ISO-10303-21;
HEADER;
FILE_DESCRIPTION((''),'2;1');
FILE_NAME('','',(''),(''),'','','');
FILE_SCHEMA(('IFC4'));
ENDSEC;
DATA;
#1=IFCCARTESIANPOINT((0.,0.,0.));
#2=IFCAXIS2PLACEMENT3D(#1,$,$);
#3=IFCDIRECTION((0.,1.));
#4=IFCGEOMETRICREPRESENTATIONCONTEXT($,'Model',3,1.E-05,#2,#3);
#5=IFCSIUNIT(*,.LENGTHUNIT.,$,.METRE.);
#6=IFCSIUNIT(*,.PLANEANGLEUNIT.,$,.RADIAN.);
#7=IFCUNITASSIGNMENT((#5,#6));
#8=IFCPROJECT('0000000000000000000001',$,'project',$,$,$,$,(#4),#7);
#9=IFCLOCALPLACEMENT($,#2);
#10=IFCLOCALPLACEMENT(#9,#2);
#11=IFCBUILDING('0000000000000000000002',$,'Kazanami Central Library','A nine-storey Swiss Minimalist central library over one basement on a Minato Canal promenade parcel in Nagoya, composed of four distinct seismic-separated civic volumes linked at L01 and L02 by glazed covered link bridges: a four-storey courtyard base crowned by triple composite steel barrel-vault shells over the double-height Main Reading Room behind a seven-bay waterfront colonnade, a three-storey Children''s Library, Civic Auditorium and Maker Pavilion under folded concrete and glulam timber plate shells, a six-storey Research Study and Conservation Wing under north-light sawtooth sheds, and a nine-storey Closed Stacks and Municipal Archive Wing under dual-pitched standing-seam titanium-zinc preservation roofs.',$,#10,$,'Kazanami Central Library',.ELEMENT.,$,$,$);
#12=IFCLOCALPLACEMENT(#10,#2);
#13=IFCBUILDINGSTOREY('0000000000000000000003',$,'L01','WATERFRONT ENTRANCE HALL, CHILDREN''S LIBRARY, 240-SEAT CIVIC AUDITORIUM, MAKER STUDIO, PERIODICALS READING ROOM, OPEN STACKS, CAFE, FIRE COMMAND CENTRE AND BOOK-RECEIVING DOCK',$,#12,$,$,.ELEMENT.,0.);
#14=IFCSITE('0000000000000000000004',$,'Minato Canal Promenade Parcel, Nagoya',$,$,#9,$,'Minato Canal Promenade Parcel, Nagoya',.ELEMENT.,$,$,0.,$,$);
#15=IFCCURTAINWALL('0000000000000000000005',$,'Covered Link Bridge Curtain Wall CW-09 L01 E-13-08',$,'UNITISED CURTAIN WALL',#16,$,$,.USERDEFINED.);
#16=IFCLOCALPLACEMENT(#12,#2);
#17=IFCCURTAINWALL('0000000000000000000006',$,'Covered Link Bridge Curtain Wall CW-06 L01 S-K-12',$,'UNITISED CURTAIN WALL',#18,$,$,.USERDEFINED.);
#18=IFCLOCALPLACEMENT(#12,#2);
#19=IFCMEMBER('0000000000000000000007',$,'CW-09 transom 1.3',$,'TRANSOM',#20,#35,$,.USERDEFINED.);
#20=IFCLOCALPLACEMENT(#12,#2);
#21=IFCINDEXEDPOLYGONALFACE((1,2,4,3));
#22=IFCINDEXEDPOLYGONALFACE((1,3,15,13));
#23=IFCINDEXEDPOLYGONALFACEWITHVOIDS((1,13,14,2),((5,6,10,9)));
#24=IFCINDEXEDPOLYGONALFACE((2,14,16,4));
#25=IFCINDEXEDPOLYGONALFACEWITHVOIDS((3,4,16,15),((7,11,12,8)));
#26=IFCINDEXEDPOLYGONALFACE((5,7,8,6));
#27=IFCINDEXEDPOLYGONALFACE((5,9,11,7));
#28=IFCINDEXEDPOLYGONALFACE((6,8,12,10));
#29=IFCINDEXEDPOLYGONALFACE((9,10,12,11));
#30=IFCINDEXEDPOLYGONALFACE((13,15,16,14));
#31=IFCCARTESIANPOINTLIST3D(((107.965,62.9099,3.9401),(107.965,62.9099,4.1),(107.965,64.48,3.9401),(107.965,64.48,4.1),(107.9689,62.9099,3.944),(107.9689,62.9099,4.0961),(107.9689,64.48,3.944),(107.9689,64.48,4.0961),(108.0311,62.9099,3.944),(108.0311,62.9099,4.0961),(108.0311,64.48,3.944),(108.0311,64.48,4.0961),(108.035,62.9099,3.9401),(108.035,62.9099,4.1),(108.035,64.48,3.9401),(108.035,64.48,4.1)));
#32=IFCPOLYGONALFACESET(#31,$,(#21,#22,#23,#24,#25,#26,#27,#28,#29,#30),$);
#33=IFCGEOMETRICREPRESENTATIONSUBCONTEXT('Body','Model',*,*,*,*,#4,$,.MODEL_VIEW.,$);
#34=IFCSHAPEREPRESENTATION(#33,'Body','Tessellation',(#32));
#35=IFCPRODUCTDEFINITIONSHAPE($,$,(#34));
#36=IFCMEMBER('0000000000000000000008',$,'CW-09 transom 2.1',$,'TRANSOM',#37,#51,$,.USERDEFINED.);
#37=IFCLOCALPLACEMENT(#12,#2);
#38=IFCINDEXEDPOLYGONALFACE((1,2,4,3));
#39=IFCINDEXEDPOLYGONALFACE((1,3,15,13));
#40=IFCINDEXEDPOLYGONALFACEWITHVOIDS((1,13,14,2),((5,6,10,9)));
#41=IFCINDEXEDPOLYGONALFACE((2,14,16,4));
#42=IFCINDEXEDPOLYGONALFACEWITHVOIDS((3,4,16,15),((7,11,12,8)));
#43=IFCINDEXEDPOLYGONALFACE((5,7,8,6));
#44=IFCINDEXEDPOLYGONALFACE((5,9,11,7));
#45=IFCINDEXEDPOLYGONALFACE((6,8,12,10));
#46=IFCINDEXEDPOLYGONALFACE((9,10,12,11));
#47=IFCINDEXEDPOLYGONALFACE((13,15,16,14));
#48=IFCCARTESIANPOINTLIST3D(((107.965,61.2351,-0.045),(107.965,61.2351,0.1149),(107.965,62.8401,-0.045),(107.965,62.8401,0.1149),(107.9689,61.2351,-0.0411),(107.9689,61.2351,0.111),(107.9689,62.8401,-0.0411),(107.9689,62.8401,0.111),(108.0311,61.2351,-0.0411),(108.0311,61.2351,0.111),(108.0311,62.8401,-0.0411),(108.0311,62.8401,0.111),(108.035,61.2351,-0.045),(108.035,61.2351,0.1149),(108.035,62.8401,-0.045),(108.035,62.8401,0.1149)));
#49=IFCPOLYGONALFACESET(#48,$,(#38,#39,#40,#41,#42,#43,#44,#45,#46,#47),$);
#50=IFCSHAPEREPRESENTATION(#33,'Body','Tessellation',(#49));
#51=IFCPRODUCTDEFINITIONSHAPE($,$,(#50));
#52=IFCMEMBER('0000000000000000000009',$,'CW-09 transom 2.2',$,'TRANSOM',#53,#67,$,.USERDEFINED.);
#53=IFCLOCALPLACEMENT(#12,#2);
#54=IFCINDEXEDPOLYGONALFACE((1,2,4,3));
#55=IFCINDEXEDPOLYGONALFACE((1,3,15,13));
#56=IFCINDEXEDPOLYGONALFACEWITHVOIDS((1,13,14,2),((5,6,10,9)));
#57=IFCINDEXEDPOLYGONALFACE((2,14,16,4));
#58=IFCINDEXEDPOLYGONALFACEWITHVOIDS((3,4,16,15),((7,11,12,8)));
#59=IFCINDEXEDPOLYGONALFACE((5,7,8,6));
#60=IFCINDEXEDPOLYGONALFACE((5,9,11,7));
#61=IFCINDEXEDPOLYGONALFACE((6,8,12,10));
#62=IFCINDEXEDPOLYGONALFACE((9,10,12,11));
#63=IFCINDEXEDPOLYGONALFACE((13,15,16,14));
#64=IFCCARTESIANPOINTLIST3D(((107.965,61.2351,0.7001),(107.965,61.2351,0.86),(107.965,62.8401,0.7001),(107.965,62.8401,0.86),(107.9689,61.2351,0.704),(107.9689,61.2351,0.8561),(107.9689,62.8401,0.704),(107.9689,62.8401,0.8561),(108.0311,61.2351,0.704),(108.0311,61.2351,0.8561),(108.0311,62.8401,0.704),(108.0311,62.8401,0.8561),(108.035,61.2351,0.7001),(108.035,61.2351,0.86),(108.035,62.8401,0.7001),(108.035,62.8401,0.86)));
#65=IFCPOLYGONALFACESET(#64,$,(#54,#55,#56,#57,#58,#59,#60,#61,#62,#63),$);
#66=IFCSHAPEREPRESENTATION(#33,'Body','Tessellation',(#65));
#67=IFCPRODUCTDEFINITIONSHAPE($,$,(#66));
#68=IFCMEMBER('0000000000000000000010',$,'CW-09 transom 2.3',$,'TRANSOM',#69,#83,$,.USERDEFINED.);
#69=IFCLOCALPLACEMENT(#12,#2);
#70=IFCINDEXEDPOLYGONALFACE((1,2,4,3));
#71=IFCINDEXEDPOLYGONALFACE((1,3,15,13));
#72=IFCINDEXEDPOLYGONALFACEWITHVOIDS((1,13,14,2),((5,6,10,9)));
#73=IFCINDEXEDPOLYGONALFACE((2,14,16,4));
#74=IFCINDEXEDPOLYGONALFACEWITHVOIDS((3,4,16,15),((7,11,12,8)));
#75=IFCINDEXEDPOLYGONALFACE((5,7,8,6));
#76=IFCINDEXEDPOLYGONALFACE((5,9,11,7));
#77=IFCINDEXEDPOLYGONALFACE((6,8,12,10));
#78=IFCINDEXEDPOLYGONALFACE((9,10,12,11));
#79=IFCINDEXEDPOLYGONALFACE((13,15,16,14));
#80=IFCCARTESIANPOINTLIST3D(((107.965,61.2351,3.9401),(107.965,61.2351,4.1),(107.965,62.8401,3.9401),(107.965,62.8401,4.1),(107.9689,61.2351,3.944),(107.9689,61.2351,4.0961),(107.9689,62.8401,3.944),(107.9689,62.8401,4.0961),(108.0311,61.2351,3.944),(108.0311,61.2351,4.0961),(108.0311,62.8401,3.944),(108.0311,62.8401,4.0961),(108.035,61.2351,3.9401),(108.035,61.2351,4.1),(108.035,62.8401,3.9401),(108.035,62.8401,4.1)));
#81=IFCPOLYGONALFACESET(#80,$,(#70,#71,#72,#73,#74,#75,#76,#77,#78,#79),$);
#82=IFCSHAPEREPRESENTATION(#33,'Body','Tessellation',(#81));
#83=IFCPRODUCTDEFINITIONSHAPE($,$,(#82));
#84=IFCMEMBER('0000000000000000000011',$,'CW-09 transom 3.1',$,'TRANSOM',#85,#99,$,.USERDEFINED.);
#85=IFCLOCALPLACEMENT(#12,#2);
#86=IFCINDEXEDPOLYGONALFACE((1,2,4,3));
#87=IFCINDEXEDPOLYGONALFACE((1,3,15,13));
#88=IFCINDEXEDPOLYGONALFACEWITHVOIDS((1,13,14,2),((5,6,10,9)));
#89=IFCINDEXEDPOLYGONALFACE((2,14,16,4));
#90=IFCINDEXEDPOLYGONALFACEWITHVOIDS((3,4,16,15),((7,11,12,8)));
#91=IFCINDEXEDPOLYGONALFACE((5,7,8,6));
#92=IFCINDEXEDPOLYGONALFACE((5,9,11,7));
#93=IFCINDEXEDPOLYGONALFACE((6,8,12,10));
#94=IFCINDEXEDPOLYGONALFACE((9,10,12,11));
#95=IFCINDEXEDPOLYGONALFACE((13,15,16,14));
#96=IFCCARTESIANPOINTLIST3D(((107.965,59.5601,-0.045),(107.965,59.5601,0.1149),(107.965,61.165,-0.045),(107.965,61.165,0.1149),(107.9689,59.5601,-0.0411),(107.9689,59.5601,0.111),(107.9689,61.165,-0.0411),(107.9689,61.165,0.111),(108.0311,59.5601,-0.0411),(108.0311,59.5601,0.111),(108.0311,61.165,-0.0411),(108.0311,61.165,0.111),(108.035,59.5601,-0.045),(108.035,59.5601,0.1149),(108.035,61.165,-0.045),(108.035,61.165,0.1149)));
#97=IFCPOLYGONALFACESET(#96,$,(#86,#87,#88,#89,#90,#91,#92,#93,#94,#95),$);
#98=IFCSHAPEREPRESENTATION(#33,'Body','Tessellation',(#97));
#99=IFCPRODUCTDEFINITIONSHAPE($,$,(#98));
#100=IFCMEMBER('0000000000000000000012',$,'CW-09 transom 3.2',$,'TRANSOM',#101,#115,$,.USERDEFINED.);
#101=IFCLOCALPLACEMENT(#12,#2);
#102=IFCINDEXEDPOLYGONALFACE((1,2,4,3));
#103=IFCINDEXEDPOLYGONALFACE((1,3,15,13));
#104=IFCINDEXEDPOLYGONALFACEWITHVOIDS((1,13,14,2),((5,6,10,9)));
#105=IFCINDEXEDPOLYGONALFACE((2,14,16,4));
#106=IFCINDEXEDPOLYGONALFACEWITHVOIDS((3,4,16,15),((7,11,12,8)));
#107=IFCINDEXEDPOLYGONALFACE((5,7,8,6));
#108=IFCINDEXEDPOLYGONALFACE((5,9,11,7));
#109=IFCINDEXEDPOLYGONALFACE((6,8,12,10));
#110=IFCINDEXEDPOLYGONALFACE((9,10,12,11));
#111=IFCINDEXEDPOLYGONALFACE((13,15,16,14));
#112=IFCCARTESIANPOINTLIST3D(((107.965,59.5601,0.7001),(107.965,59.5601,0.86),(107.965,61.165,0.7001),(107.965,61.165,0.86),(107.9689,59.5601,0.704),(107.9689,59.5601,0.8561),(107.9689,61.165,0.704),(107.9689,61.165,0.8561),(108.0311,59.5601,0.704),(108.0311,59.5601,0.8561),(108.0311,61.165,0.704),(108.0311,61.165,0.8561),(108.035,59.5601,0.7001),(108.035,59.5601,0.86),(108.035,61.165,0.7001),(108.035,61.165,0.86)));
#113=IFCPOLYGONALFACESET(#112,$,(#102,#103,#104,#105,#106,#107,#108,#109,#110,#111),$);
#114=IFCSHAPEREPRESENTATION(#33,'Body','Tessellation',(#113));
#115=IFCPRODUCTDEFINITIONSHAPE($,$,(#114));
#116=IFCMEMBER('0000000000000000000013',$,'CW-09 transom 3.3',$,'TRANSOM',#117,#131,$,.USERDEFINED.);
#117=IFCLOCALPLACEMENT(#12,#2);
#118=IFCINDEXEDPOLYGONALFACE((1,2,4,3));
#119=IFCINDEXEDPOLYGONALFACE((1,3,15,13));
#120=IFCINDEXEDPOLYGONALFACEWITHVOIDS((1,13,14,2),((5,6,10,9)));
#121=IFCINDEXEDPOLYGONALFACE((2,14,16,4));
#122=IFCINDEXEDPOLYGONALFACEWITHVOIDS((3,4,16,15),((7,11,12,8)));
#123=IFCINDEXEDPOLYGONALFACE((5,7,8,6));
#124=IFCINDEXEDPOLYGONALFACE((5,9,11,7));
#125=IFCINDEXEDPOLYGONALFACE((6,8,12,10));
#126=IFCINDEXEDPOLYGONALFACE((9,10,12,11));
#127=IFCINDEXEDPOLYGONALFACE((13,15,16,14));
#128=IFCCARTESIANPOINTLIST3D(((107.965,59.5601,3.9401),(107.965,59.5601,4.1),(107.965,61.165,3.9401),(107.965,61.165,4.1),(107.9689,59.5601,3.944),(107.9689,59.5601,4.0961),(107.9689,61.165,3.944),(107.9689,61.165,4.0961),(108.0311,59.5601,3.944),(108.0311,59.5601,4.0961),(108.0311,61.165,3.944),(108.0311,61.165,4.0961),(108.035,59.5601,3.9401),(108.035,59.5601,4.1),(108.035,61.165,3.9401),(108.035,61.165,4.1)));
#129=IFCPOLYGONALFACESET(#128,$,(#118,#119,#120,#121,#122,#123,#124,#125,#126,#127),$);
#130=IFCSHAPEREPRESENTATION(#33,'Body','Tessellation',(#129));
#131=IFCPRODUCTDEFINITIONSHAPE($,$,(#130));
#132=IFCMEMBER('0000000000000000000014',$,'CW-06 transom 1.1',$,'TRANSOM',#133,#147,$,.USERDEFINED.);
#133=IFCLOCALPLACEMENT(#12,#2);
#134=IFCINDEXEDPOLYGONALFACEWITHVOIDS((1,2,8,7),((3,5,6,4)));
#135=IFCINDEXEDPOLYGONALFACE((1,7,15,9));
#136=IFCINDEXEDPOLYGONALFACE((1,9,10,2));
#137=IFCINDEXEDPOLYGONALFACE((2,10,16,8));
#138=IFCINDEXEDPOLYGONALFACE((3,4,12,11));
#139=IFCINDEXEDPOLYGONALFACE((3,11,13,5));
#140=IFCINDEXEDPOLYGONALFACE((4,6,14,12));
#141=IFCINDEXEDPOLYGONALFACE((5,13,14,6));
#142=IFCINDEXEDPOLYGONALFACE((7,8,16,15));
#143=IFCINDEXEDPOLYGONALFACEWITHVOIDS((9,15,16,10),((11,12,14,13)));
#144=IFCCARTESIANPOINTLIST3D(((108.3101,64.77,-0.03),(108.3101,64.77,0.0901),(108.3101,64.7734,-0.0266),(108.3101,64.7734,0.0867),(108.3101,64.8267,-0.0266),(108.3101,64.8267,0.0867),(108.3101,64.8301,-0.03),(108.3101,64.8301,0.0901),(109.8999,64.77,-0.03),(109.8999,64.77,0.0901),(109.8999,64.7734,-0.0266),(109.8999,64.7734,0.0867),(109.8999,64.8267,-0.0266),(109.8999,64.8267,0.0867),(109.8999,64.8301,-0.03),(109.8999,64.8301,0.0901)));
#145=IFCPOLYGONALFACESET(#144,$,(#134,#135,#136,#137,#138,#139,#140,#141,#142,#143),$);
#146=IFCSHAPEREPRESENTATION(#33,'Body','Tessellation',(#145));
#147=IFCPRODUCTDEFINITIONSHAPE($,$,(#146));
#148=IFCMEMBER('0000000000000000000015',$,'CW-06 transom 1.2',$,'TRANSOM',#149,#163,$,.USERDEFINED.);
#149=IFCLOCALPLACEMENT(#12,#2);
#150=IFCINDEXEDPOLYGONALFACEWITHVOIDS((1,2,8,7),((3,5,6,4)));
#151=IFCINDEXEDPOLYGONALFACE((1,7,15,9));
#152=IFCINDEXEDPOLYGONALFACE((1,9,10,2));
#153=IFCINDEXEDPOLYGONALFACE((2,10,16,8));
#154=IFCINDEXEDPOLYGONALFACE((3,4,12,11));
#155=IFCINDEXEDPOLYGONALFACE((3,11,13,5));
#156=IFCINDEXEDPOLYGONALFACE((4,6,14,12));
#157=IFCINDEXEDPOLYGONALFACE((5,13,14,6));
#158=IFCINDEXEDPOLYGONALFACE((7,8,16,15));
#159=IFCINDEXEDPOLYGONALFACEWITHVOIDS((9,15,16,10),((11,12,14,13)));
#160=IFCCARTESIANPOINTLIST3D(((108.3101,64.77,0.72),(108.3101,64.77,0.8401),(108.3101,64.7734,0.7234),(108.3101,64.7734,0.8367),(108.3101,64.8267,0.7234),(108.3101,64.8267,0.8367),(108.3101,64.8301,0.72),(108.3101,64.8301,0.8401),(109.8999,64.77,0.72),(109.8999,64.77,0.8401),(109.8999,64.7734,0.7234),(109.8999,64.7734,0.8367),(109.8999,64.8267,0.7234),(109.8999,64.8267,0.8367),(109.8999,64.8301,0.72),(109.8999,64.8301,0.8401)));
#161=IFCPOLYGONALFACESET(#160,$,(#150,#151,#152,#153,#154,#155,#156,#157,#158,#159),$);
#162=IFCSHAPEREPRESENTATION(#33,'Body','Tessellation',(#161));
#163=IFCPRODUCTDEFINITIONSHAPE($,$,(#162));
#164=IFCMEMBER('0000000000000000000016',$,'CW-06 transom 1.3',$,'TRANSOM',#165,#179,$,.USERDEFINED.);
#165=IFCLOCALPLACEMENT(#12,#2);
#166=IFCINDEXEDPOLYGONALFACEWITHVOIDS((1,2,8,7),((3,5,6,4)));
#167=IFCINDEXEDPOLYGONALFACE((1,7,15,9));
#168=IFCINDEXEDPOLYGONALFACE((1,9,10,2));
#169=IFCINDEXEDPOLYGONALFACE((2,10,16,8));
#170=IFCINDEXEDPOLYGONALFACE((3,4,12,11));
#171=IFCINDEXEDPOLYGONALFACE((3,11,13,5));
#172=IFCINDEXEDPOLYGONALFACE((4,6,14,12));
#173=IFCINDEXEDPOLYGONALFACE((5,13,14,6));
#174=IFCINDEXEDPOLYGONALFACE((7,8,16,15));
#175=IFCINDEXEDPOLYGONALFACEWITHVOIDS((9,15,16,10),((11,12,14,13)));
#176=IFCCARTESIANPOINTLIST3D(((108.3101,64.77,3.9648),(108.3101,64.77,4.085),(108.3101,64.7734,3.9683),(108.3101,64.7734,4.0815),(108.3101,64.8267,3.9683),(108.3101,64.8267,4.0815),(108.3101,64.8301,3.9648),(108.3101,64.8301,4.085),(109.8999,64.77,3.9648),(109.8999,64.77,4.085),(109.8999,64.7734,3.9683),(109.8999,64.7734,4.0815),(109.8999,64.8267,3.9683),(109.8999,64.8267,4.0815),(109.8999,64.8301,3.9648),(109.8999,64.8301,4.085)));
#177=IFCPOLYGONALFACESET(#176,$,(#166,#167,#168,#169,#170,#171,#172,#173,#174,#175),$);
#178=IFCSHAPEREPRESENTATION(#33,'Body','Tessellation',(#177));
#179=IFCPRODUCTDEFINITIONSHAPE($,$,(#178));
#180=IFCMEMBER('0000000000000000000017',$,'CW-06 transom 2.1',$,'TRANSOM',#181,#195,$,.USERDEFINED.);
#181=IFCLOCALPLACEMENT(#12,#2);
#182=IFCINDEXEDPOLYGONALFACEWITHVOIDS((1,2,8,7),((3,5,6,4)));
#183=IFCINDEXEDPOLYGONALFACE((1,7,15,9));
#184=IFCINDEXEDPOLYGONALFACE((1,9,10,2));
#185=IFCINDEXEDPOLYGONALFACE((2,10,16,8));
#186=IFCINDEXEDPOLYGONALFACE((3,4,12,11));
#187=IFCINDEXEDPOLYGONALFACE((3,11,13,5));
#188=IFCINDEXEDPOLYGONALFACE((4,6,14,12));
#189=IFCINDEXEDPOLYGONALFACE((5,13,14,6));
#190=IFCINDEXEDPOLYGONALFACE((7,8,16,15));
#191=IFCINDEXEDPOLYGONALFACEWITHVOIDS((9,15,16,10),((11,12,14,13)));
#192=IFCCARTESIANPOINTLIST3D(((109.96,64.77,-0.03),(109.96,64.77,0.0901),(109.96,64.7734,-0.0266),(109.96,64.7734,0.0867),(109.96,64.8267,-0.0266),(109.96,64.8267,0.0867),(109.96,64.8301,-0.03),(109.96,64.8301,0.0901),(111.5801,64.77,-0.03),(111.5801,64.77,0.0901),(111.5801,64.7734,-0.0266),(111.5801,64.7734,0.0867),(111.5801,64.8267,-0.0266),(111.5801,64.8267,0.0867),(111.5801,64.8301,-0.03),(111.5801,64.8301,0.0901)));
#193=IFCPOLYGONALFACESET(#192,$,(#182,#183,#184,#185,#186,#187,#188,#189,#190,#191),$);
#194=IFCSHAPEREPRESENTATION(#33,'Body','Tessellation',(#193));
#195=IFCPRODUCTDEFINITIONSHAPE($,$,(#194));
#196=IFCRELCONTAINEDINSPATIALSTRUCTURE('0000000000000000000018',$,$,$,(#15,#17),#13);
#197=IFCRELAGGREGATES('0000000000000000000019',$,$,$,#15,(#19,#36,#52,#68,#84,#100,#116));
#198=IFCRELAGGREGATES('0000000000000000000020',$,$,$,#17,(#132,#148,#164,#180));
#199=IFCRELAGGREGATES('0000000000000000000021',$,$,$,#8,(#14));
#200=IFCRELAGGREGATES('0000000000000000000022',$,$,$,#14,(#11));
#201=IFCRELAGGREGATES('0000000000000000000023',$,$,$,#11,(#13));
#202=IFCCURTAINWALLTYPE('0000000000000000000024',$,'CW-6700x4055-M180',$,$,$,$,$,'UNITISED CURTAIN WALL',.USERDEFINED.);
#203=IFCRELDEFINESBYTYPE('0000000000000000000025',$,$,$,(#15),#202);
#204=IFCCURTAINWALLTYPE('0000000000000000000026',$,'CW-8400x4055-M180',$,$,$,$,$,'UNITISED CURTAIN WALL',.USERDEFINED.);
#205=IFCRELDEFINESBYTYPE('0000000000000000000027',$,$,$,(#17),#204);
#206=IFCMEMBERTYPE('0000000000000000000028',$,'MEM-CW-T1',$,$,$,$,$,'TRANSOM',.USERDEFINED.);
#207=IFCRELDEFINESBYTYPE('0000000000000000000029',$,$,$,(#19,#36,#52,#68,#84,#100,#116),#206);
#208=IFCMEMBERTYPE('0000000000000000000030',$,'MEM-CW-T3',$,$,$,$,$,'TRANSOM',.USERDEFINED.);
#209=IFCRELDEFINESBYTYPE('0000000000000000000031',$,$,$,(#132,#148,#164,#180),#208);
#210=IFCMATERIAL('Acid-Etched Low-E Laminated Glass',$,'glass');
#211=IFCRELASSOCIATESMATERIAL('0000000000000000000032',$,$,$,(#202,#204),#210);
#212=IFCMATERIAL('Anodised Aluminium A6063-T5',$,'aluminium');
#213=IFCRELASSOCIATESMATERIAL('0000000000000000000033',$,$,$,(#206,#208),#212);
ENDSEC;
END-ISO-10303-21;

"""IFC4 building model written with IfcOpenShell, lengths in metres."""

from ifc_helpers import new_model, si_unit, direction, frame, origin, origin_2d, place, context, subcontext, project, spatial, hollow_rectangle, extrude, material, material_profile, profile_set, type_object, element, aggregate, save


model = new_model("IFC4")

# Units and contexts
model_context = context("Model", 3, precision=1e-05, world=origin(), true_north=direction((0.0, 1.0)))
body_context = subcontext(model_context, "Body", "Model", "MODEL_VIEW")
ifc_project = project(units=[si_unit("LENGTHUNIT", "METRE"), si_unit("PLANEANGLEUNIT", "RADIAN")], contexts=[model_context])

# Site, building, storey
site_placement = place(None, origin())
site = spatial("IfcSite", under=ifc_project, at=site_placement, Name="Minato Canal Promenade Parcel, Nagoya", LongName="Minato Canal Promenade Parcel, Nagoya", CompositionType="ELEMENT", RefElevation=0.0)
building_placement = place(site_placement, origin())
building = spatial("IfcBuilding", under=site, at=building_placement, Name="Kazanami Central Library", Description="A nine-storey Swiss Minimalist central library over one basement on a Minato Canal promenade parcel in Nagoya, composed of four distinct seismic-separated civic volumes linked at L01 and L02 by glazed covered link bridges: a four-storey courtyard base crowned by triple composite steel barrel-vault shells over the double-height Main Reading Room behind a seven-bay waterfront colonnade, a three-storey Children's Library, Civic Auditorium and Maker Pavilion under folded concrete and glulam timber plate shells, a six-storey Research Study and Conservation Wing under north-light sawtooth sheds, and a nine-storey Closed Stacks and Municipal Archive Wing under dual-pitched standing-seam titanium-zinc preservation roofs.", LongName="Kazanami Central Library", CompositionType="ELEMENT")
storey_placement = place(building_placement, origin())
storey = spatial("IfcBuildingStorey", under=building, at=storey_placement, Name="L01", Description="WATERFRONT ENTRANCE HALL, CHILDREN'S LIBRARY, 240-SEAT CIVIC AUDITORIUM, MAKER STUDIO, PERIODICALS READING ROOM, OPEN STACKS, CAFE, FIRE COMMAND CENTRE AND BOOK-RECEIVING DOCK", CompositionType="ELEMENT", Elevation=0.0)

# Curtain walls
ifc_material_1 = material(Name="Acid-Etched Low-E Laminated Glass", Category="glass")
curtain_wall_type_1 = type_object("IfcCurtainWallType", Name="CW-6700x4055-M180", ElementType="UNITISED CURTAIN WALL", PredefinedType="USERDEFINED", material=ifc_material_1)
curtain_wall_1_placement = place(storey_placement, origin())
curtain_wall_1 = element("IfcCurtainWall", 1, at=curtain_wall_1_placement, inside=storey, type_object=curtain_wall_type_1, Name="Covered Link Bridge Curtain Wall CW-09 L01 E-13-08", ObjectType="UNITISED CURTAIN WALL", PredefinedType="USERDEFINED")
ifc_material_2 = material(Name="Anodised Aluminium A6063-T5", Category="aluminium")
curtain_wall_type_2 = type_object("IfcCurtainWallType", Name="CW-8400x4055-M180", ElementType="UNITISED CURTAIN WALL", PredefinedType="USERDEFINED", material=ifc_material_1)
curtain_wall_2_placement = place(storey_placement, origin())
curtain_wall_2 = element("IfcCurtainWall", 2, at=curtain_wall_2_placement, inside=storey, type_object=curtain_wall_type_2, Name="Covered Link Bridge Curtain Wall CW-06 L01 S-K-12", ObjectType="UNITISED CURTAIN WALL", PredefinedType="USERDEFINED")

# Members
ifc_material_profile_1 = material_profile(ifc_material_2, hollow_rectangle(XDim=0.0701, YDim=0.1599, WallThickness=0.0039, at=origin_2d()), Name="ALU-TRAN-70x160x4")
ifc_profile_set_1 = profile_set([ifc_material_profile_1], Name="Anodised Aluminium A6063-T5")
member_type_1 = type_object("IfcMemberType", Name="MEM-CW-T1", ElementType="TRANSOM", PredefinedType="USERDEFINED", material=ifc_profile_set_1)
member_1_placement = place(storey_placement, frame((108.0, 64.48, 4.02), z_axis=(0.0, -1.0, 0.0), x_axis=(1.0, 0.0, 0.0)))
member_1 = element("IfcMember", 3, at=member_1_placement, type_object=member_type_1, Name="CW-09 transom 1.3", ObjectType="TRANSOM", PredefinedType="USERDEFINED", context=body_context, shape_type="SweptSolid", body=[
    extrude(hollow_rectangle(XDim=0.0701, YDim=0.1599, WallThickness=0.0039, at=origin_2d()), origin(), (0.0, 0.0, 1.0), 1.5701),
])
member_2_placement = place(storey_placement, frame((108.0, 62.8401, 0.0349), z_axis=(0.0, -1.0, 0.0), x_axis=(1.0, 0.0, 0.0)))
member_2 = element("IfcMember", 4, at=member_2_placement, type_object=member_type_1, Name="CW-09 transom 2.1", ObjectType="TRANSOM", PredefinedType="USERDEFINED", context=body_context, shape_type="SweptSolid", body=[
    extrude(hollow_rectangle(XDim=0.0701, YDim=0.1599, WallThickness=0.0039, at=origin_2d()), origin(), (0.0, 0.0, 1.0), 1.605),
])
member_3_placement = place(storey_placement, frame((108.0, 62.8401, 0.78), z_axis=(0.0, -1.0, 0.0), x_axis=(1.0, 0.0, 0.0)))
member_3 = element("IfcMember", 5, at=member_3_placement, type_object=member_type_1, Name="CW-09 transom 2.2", ObjectType="TRANSOM", PredefinedType="USERDEFINED", context=body_context, shape_type="SweptSolid", body=[
    extrude(hollow_rectangle(XDim=0.0701, YDim=0.1599, WallThickness=0.0039, at=origin_2d()), origin(), (0.0, 0.0, 1.0), 1.605),
])
member_4_placement = place(storey_placement, frame((108.0, 62.8401, 4.02), z_axis=(0.0, -1.0, 0.0), x_axis=(1.0, 0.0, 0.0)))
member_4 = element("IfcMember", 6, at=member_4_placement, type_object=member_type_1, Name="CW-09 transom 2.3", ObjectType="TRANSOM", PredefinedType="USERDEFINED", context=body_context, shape_type="SweptSolid", body=[
    extrude(hollow_rectangle(XDim=0.0701, YDim=0.1599, WallThickness=0.0039, at=origin_2d()), origin(), (0.0, 0.0, 1.0), 1.605),
])
member_5_placement = place(storey_placement, frame((108.0, 61.165, 0.0349), z_axis=(0.0, -1.0, 0.0), x_axis=(1.0, 0.0, 0.0)))
member_5 = element("IfcMember", 7, at=member_5_placement, type_object=member_type_1, Name="CW-09 transom 3.1", ObjectType="TRANSOM", PredefinedType="USERDEFINED", context=body_context, shape_type="SweptSolid", body=[
    extrude(hollow_rectangle(XDim=0.0701, YDim=0.1599, WallThickness=0.0039, at=origin_2d()), origin(), (0.0, 0.0, 1.0), 1.605),
])
member_6_placement = place(storey_placement, frame((108.0, 61.165, 0.78), z_axis=(0.0, -1.0, 0.0), x_axis=(1.0, 0.0, 0.0)))
member_6 = element("IfcMember", 8, at=member_6_placement, type_object=member_type_1, Name="CW-09 transom 3.2", ObjectType="TRANSOM", PredefinedType="USERDEFINED", context=body_context, shape_type="SweptSolid", body=[
    extrude(hollow_rectangle(XDim=0.0701, YDim=0.1599, WallThickness=0.0039, at=origin_2d()), origin(), (0.0, 0.0, 1.0), 1.605),
])
member_7_placement = place(storey_placement, frame((108.0, 61.165, 4.02), z_axis=(0.0, -1.0, 0.0), x_axis=(1.0, 0.0, 0.0)))
member_7 = element("IfcMember", 9, at=member_7_placement, type_object=member_type_1, Name="CW-09 transom 3.3", ObjectType="TRANSOM", PredefinedType="USERDEFINED", context=body_context, shape_type="SweptSolid", body=[
    extrude(hollow_rectangle(XDim=0.0701, YDim=0.1599, WallThickness=0.0039, at=origin_2d()), origin(), (0.0, 0.0, 1.0), 1.605),
])
ifc_material_profile_2 = material_profile(ifc_material_2, hollow_rectangle(XDim=0.0601, YDim=0.1201, WallThickness=0.0034, at=origin_2d()), Name="ALU-TRAN-60x120x3.5")
ifc_profile_set_2 = profile_set([ifc_material_profile_2], Name="Anodised Aluminium A6063-T5")
member_type_2 = type_object("IfcMemberType", Name="MEM-CW-T3", ElementType="TRANSOM", PredefinedType="USERDEFINED", material=ifc_profile_set_2)
member_8_placement = place(storey_placement, frame((108.3101, 64.8, 0.03), z_axis=(1.0, 0.0, 0.0), x_axis=(0.0, 1.0, 0.0)))
member_8 = element("IfcMember", 10, at=member_8_placement, type_object=member_type_2, Name="CW-06 transom 1.1", ObjectType="TRANSOM", PredefinedType="USERDEFINED", context=body_context, shape_type="SweptSolid", body=[
    extrude(hollow_rectangle(XDim=0.0601, YDim=0.1201, WallThickness=0.0034, at=origin_2d()), origin(), (0.0, 0.0, 1.0), 1.5898),
])
member_9_placement = place(storey_placement, frame((108.3101, 64.8, 0.78), z_axis=(1.0, 0.0, 0.0), x_axis=(0.0, 1.0, 0.0)))
member_9 = element("IfcMember", 11, at=member_9_placement, type_object=member_type_2, Name="CW-06 transom 1.2", ObjectType="TRANSOM", PredefinedType="USERDEFINED", context=body_context, shape_type="SweptSolid", body=[
    extrude(hollow_rectangle(XDim=0.0601, YDim=0.1201, WallThickness=0.0034, at=origin_2d()), origin(), (0.0, 0.0, 1.0), 1.5898),
])
member_10_placement = place(storey_placement, frame((108.3101, 64.8, 4.0249), z_axis=(1.0, 0.0, 0.0), x_axis=(0.0, 1.0, 0.0)))
member_10 = element("IfcMember", 12, at=member_10_placement, type_object=member_type_2, Name="CW-06 transom 1.3", ObjectType="TRANSOM", PredefinedType="USERDEFINED", context=body_context, shape_type="SweptSolid", body=[
    extrude(hollow_rectangle(XDim=0.0601, YDim=0.1201, WallThickness=0.0034, at=origin_2d()), origin(), (0.0, 0.0, 1.0), 1.5898),
])
member_11_placement = place(storey_placement, frame((109.96, 64.8, 0.03), z_axis=(1.0, 0.0, 0.0), x_axis=(0.0, 1.0, 0.0)))
member_11 = element("IfcMember", 13, at=member_11_placement, type_object=member_type_2, Name="CW-06 transom 2.1", ObjectType="TRANSOM", PredefinedType="USERDEFINED", context=body_context, shape_type="SweptSolid", body=[
    extrude(hollow_rectangle(XDim=0.0601, YDim=0.1201, WallThickness=0.0034, at=origin_2d()), origin(), (0.0, 0.0, 1.0), 1.6201),
])

aggregate(curtain_wall_1, [member_1, member_2, member_3, member_4, member_5, member_6, member_7])
aggregate(curtain_wall_2, [member_8, member_9, member_10, member_11])

save(model, "model.ifc")
